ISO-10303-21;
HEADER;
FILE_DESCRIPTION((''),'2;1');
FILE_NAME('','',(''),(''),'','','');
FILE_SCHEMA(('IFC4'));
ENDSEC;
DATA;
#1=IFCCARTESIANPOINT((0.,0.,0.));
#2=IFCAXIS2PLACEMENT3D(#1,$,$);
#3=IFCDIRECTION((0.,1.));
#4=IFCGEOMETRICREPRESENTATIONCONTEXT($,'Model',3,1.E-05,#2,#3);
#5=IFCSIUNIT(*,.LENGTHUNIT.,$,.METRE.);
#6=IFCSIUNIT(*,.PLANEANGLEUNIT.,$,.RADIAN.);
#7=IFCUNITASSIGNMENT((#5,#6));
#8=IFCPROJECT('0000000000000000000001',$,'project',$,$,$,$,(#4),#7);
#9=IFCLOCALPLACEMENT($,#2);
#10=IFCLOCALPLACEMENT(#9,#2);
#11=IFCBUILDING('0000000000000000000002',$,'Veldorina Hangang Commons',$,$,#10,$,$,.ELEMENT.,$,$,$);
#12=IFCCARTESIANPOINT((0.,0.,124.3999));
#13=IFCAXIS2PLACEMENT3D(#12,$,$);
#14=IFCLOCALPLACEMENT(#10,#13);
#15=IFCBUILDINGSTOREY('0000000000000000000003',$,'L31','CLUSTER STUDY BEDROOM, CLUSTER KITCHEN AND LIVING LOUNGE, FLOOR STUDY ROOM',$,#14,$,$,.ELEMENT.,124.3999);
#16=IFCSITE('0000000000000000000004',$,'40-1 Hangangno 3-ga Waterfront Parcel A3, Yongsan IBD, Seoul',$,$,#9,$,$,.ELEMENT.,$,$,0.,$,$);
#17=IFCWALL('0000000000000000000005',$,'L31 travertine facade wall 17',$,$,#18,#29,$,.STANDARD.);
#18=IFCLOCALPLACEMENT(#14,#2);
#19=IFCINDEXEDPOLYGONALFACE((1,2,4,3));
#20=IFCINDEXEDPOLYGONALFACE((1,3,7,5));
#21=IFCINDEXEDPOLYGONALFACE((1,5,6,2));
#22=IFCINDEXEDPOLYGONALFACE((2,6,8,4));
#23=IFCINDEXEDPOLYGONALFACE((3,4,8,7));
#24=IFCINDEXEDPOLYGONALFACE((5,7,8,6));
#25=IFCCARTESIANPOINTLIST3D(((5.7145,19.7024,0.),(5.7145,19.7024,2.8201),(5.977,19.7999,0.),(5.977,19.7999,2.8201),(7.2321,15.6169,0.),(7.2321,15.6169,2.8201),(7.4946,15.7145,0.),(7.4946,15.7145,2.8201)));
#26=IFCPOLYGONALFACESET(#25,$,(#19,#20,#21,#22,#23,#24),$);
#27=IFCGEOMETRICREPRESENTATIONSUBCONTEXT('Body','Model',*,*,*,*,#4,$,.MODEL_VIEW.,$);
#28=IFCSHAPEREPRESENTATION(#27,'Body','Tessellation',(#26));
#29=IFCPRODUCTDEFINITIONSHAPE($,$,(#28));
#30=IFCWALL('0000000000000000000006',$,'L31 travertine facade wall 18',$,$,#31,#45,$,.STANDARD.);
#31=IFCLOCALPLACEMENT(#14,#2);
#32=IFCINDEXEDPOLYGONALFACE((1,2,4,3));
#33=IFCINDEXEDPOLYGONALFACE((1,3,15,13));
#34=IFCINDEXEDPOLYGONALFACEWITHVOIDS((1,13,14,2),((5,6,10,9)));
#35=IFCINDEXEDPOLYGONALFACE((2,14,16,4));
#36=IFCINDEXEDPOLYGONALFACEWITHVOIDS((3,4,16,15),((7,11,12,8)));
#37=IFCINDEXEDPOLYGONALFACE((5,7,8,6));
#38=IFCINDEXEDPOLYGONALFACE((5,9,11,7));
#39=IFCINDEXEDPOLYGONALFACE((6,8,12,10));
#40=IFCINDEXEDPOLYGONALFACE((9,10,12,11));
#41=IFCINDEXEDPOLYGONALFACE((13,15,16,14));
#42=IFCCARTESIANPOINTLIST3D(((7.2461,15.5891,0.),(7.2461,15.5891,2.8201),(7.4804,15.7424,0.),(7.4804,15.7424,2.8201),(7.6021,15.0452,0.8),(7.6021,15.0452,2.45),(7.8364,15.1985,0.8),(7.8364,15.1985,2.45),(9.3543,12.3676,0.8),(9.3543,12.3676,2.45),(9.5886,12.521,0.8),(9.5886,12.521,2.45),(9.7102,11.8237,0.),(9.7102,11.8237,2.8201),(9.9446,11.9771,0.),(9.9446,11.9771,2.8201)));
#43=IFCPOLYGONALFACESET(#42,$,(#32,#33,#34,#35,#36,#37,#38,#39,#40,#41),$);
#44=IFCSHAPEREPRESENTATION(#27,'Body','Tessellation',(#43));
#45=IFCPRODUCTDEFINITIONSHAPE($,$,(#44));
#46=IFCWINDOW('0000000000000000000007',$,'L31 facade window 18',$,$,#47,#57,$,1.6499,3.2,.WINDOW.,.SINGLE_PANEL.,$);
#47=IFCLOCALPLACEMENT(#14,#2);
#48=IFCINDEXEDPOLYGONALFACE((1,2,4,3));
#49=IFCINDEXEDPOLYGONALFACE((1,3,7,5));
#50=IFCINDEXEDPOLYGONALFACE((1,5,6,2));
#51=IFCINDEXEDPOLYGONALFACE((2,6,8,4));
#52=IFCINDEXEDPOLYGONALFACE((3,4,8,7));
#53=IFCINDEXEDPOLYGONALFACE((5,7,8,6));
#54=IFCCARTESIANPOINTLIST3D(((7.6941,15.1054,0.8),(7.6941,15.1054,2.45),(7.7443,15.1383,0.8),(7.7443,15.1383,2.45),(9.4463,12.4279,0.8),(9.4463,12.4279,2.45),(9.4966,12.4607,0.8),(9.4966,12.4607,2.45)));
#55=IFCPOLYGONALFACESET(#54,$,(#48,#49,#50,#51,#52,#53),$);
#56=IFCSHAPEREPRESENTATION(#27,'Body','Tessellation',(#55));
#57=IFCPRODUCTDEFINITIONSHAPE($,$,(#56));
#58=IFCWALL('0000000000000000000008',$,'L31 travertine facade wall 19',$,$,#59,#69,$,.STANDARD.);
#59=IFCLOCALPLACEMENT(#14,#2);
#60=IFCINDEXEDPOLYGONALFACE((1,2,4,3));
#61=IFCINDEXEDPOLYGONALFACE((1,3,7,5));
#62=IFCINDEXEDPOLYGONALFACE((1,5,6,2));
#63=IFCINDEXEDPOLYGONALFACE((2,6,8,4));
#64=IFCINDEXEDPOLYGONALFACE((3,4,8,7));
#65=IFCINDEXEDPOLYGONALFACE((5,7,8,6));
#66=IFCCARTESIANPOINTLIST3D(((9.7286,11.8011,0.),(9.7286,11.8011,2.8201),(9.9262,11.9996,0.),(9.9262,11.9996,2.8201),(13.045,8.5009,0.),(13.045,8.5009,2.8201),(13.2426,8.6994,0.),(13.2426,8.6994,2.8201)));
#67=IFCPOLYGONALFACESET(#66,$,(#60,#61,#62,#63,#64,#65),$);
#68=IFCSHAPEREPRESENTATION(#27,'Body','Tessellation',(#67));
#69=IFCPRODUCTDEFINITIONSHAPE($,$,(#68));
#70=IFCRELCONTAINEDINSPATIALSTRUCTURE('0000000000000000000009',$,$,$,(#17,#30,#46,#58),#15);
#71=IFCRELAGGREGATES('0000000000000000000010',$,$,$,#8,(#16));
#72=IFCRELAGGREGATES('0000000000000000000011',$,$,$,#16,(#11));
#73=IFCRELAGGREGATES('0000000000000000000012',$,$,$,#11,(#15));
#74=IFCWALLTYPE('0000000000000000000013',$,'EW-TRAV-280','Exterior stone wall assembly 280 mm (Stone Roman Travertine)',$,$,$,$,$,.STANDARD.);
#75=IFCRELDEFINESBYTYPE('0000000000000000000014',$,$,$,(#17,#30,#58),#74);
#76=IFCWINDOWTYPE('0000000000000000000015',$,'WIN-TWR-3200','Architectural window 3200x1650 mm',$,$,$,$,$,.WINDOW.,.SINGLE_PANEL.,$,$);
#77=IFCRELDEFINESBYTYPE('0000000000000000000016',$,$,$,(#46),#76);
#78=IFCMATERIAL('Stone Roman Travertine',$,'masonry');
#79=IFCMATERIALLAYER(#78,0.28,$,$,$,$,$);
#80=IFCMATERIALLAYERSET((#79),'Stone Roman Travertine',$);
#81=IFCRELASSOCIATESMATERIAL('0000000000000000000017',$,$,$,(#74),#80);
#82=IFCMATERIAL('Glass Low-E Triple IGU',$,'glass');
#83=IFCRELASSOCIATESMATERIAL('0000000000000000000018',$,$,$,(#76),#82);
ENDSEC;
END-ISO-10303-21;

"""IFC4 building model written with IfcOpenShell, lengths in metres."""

from ifc_helpers import new_model, si_unit, direction, frame, frame_2d, origin, place, context, subcontext, project, spatial, rectangle, extrude, material, layer, layer_set, type_object, element, fill, save


model = new_model("IFC4")

# Units and contexts
model_context = context("Model", 3, precision=1e-05, world=origin(), true_north=direction((0.0, 1.0)))
body_context = subcontext(model_context, "Body", "Model", "MODEL_VIEW")
ifc_project = project(units=[si_unit("LENGTHUNIT", "METRE"), si_unit("PLANEANGLEUNIT", "RADIAN")], contexts=[model_context])

# Site, building, storey
site_placement = place(None, origin())
site = spatial("IfcSite", under=ifc_project, at=site_placement, Name="40-1 Hangangno 3-ga Waterfront Parcel A3, Yongsan IBD, Seoul", CompositionType="ELEMENT", RefElevation=0.0)
building_placement = place(site_placement, origin())
building = spatial("IfcBuilding", under=site, at=building_placement, Name="Veldorina Hangang Commons", CompositionType="ELEMENT")
storey_placement = place(building_placement, frame((0.0, 0.0, 124.3999)))
storey = spatial("IfcBuildingStorey", under=building, at=storey_placement, Name="L31", Description="CLUSTER STUDY BEDROOM, CLUSTER KITCHEN AND LIVING LOUNGE, FLOOR STUDY ROOM", CompositionType="ELEMENT", Elevation=124.3999)

# Wall
ifc_material_1 = material(Name="Stone Roman Travertine", Category="masonry")
ifc_layer_1 = layer(ifc_material_1, 0.28)
ifc_layer_set_1 = layer_set([ifc_layer_1], Name="Stone Roman Travertine")
wall_type = type_object("IfcWallType", Name="EW-TRAV-280", Description="Exterior stone wall assembly 280 mm (Stone Roman Travertine)", PredefinedType="STANDARD", material=ifc_layer_set_1)
wall_1_placement = place(storey_placement, frame((5.8457, 19.7512, 0.0), z_axis=(0.0, 0.0, 1.0), x_axis=(0.348212, -0.937416, 0.0)))
element("IfcWall", 1, at=wall_1_placement, inside=storey, type_object=wall_type, Name="L31 travertine facade wall 17", PredefinedType="STANDARD", context=body_context, shape_type="SweptSolid", body=[
    extrude(rectangle(XDim=4.3582, YDim=0.28, at=frame_2d((2.1792, 0.0))), origin(), (0.0, 0.0, 1.0), 2.8201),
])

# Wall, opening, window
wall_2_placement = place(storey_placement, frame((7.3633, 15.6658, 0.0), z_axis=(0.0, 0.0, 1.0), x_axis=(0.547581, -0.836753, 0.0)))
wall_2 = element("IfcWall", 2, at=wall_2_placement, inside=storey, type_object=wall_type, Name="L31 travertine facade wall 18", PredefinedType="STANDARD", context=body_context, shape_type="SweptSolid", body=[
    extrude(rectangle(XDim=4.5, YDim=0.28, at=frame_2d((2.25, 0.0))), origin(), (0.0, 0.0, 1.0), 2.8201),
])
opening_placement = place(wall_2_placement, frame((0.6499, 0.0, 0.8)))
opening = element("IfcOpeningElement", 3, at=opening_placement, cuts=wall_2, PredefinedType="OPENING", context=body_context, shape_type="SweptSolid", body=[
    extrude(rectangle(XDim=3.2, YDim=1.6499, at=frame_2d((1.6001, 0.825))), frame((0.0, 0.1499, 0.0), z_axis=(0.0, -1.0, 0.0), x_axis=(1.0, 0.0, 0.0)), (0.0, 0.0, 1.0), 0.3),
])
ifc_material_2 = material(Name="Glass Low-E Triple IGU", Category="glass")
window_type = type_object("IfcWindowType", Name="WIN-TWR-3200", Description="Architectural window 3200x1650 mm", PartitioningType="SINGLE_PANEL", PredefinedType="WINDOW", material=ifc_material_2)
window_placement = place(opening_placement, origin())
window = element("IfcWindow", 4, at=window_placement, inside=storey, type_object=window_type, Name="L31 facade window 18", OverallHeight=1.6499, OverallWidth=3.2, PartitioningType="SINGLE_PANEL", PredefinedType="WINDOW", context=body_context, shape_type="SweptSolid", body=[
    extrude(rectangle(XDim=3.2, YDim=1.6499, at=frame_2d((1.6001, 0.825))), frame((0.0, 0.03, 0.0), z_axis=(0.0, -1.0, 0.0), x_axis=(1.0, 0.0, 0.0)), (0.0, 0.0, 1.0), 0.0601),
])
fill(opening, window)

# Wall
wall_3_placement = place(storey_placement, frame((9.8274, 11.9004, 0.0), z_axis=(0.0, 0.0, 1.0), x_axis=(0.708827, -0.705383, 0.0)))
element("IfcWall", 5, at=wall_3_placement, inside=storey, type_object=wall_type, Name="L31 travertine facade wall 19", PredefinedType="STANDARD", context=body_context, shape_type="SweptSolid", body=[
    extrude(rectangle(XDim=4.6787, YDim=0.28, at=frame_2d((2.3394, 0.0))), origin(), (0.0, 0.0, 1.0), 2.8201),
])

save(model, "model.ifc")
